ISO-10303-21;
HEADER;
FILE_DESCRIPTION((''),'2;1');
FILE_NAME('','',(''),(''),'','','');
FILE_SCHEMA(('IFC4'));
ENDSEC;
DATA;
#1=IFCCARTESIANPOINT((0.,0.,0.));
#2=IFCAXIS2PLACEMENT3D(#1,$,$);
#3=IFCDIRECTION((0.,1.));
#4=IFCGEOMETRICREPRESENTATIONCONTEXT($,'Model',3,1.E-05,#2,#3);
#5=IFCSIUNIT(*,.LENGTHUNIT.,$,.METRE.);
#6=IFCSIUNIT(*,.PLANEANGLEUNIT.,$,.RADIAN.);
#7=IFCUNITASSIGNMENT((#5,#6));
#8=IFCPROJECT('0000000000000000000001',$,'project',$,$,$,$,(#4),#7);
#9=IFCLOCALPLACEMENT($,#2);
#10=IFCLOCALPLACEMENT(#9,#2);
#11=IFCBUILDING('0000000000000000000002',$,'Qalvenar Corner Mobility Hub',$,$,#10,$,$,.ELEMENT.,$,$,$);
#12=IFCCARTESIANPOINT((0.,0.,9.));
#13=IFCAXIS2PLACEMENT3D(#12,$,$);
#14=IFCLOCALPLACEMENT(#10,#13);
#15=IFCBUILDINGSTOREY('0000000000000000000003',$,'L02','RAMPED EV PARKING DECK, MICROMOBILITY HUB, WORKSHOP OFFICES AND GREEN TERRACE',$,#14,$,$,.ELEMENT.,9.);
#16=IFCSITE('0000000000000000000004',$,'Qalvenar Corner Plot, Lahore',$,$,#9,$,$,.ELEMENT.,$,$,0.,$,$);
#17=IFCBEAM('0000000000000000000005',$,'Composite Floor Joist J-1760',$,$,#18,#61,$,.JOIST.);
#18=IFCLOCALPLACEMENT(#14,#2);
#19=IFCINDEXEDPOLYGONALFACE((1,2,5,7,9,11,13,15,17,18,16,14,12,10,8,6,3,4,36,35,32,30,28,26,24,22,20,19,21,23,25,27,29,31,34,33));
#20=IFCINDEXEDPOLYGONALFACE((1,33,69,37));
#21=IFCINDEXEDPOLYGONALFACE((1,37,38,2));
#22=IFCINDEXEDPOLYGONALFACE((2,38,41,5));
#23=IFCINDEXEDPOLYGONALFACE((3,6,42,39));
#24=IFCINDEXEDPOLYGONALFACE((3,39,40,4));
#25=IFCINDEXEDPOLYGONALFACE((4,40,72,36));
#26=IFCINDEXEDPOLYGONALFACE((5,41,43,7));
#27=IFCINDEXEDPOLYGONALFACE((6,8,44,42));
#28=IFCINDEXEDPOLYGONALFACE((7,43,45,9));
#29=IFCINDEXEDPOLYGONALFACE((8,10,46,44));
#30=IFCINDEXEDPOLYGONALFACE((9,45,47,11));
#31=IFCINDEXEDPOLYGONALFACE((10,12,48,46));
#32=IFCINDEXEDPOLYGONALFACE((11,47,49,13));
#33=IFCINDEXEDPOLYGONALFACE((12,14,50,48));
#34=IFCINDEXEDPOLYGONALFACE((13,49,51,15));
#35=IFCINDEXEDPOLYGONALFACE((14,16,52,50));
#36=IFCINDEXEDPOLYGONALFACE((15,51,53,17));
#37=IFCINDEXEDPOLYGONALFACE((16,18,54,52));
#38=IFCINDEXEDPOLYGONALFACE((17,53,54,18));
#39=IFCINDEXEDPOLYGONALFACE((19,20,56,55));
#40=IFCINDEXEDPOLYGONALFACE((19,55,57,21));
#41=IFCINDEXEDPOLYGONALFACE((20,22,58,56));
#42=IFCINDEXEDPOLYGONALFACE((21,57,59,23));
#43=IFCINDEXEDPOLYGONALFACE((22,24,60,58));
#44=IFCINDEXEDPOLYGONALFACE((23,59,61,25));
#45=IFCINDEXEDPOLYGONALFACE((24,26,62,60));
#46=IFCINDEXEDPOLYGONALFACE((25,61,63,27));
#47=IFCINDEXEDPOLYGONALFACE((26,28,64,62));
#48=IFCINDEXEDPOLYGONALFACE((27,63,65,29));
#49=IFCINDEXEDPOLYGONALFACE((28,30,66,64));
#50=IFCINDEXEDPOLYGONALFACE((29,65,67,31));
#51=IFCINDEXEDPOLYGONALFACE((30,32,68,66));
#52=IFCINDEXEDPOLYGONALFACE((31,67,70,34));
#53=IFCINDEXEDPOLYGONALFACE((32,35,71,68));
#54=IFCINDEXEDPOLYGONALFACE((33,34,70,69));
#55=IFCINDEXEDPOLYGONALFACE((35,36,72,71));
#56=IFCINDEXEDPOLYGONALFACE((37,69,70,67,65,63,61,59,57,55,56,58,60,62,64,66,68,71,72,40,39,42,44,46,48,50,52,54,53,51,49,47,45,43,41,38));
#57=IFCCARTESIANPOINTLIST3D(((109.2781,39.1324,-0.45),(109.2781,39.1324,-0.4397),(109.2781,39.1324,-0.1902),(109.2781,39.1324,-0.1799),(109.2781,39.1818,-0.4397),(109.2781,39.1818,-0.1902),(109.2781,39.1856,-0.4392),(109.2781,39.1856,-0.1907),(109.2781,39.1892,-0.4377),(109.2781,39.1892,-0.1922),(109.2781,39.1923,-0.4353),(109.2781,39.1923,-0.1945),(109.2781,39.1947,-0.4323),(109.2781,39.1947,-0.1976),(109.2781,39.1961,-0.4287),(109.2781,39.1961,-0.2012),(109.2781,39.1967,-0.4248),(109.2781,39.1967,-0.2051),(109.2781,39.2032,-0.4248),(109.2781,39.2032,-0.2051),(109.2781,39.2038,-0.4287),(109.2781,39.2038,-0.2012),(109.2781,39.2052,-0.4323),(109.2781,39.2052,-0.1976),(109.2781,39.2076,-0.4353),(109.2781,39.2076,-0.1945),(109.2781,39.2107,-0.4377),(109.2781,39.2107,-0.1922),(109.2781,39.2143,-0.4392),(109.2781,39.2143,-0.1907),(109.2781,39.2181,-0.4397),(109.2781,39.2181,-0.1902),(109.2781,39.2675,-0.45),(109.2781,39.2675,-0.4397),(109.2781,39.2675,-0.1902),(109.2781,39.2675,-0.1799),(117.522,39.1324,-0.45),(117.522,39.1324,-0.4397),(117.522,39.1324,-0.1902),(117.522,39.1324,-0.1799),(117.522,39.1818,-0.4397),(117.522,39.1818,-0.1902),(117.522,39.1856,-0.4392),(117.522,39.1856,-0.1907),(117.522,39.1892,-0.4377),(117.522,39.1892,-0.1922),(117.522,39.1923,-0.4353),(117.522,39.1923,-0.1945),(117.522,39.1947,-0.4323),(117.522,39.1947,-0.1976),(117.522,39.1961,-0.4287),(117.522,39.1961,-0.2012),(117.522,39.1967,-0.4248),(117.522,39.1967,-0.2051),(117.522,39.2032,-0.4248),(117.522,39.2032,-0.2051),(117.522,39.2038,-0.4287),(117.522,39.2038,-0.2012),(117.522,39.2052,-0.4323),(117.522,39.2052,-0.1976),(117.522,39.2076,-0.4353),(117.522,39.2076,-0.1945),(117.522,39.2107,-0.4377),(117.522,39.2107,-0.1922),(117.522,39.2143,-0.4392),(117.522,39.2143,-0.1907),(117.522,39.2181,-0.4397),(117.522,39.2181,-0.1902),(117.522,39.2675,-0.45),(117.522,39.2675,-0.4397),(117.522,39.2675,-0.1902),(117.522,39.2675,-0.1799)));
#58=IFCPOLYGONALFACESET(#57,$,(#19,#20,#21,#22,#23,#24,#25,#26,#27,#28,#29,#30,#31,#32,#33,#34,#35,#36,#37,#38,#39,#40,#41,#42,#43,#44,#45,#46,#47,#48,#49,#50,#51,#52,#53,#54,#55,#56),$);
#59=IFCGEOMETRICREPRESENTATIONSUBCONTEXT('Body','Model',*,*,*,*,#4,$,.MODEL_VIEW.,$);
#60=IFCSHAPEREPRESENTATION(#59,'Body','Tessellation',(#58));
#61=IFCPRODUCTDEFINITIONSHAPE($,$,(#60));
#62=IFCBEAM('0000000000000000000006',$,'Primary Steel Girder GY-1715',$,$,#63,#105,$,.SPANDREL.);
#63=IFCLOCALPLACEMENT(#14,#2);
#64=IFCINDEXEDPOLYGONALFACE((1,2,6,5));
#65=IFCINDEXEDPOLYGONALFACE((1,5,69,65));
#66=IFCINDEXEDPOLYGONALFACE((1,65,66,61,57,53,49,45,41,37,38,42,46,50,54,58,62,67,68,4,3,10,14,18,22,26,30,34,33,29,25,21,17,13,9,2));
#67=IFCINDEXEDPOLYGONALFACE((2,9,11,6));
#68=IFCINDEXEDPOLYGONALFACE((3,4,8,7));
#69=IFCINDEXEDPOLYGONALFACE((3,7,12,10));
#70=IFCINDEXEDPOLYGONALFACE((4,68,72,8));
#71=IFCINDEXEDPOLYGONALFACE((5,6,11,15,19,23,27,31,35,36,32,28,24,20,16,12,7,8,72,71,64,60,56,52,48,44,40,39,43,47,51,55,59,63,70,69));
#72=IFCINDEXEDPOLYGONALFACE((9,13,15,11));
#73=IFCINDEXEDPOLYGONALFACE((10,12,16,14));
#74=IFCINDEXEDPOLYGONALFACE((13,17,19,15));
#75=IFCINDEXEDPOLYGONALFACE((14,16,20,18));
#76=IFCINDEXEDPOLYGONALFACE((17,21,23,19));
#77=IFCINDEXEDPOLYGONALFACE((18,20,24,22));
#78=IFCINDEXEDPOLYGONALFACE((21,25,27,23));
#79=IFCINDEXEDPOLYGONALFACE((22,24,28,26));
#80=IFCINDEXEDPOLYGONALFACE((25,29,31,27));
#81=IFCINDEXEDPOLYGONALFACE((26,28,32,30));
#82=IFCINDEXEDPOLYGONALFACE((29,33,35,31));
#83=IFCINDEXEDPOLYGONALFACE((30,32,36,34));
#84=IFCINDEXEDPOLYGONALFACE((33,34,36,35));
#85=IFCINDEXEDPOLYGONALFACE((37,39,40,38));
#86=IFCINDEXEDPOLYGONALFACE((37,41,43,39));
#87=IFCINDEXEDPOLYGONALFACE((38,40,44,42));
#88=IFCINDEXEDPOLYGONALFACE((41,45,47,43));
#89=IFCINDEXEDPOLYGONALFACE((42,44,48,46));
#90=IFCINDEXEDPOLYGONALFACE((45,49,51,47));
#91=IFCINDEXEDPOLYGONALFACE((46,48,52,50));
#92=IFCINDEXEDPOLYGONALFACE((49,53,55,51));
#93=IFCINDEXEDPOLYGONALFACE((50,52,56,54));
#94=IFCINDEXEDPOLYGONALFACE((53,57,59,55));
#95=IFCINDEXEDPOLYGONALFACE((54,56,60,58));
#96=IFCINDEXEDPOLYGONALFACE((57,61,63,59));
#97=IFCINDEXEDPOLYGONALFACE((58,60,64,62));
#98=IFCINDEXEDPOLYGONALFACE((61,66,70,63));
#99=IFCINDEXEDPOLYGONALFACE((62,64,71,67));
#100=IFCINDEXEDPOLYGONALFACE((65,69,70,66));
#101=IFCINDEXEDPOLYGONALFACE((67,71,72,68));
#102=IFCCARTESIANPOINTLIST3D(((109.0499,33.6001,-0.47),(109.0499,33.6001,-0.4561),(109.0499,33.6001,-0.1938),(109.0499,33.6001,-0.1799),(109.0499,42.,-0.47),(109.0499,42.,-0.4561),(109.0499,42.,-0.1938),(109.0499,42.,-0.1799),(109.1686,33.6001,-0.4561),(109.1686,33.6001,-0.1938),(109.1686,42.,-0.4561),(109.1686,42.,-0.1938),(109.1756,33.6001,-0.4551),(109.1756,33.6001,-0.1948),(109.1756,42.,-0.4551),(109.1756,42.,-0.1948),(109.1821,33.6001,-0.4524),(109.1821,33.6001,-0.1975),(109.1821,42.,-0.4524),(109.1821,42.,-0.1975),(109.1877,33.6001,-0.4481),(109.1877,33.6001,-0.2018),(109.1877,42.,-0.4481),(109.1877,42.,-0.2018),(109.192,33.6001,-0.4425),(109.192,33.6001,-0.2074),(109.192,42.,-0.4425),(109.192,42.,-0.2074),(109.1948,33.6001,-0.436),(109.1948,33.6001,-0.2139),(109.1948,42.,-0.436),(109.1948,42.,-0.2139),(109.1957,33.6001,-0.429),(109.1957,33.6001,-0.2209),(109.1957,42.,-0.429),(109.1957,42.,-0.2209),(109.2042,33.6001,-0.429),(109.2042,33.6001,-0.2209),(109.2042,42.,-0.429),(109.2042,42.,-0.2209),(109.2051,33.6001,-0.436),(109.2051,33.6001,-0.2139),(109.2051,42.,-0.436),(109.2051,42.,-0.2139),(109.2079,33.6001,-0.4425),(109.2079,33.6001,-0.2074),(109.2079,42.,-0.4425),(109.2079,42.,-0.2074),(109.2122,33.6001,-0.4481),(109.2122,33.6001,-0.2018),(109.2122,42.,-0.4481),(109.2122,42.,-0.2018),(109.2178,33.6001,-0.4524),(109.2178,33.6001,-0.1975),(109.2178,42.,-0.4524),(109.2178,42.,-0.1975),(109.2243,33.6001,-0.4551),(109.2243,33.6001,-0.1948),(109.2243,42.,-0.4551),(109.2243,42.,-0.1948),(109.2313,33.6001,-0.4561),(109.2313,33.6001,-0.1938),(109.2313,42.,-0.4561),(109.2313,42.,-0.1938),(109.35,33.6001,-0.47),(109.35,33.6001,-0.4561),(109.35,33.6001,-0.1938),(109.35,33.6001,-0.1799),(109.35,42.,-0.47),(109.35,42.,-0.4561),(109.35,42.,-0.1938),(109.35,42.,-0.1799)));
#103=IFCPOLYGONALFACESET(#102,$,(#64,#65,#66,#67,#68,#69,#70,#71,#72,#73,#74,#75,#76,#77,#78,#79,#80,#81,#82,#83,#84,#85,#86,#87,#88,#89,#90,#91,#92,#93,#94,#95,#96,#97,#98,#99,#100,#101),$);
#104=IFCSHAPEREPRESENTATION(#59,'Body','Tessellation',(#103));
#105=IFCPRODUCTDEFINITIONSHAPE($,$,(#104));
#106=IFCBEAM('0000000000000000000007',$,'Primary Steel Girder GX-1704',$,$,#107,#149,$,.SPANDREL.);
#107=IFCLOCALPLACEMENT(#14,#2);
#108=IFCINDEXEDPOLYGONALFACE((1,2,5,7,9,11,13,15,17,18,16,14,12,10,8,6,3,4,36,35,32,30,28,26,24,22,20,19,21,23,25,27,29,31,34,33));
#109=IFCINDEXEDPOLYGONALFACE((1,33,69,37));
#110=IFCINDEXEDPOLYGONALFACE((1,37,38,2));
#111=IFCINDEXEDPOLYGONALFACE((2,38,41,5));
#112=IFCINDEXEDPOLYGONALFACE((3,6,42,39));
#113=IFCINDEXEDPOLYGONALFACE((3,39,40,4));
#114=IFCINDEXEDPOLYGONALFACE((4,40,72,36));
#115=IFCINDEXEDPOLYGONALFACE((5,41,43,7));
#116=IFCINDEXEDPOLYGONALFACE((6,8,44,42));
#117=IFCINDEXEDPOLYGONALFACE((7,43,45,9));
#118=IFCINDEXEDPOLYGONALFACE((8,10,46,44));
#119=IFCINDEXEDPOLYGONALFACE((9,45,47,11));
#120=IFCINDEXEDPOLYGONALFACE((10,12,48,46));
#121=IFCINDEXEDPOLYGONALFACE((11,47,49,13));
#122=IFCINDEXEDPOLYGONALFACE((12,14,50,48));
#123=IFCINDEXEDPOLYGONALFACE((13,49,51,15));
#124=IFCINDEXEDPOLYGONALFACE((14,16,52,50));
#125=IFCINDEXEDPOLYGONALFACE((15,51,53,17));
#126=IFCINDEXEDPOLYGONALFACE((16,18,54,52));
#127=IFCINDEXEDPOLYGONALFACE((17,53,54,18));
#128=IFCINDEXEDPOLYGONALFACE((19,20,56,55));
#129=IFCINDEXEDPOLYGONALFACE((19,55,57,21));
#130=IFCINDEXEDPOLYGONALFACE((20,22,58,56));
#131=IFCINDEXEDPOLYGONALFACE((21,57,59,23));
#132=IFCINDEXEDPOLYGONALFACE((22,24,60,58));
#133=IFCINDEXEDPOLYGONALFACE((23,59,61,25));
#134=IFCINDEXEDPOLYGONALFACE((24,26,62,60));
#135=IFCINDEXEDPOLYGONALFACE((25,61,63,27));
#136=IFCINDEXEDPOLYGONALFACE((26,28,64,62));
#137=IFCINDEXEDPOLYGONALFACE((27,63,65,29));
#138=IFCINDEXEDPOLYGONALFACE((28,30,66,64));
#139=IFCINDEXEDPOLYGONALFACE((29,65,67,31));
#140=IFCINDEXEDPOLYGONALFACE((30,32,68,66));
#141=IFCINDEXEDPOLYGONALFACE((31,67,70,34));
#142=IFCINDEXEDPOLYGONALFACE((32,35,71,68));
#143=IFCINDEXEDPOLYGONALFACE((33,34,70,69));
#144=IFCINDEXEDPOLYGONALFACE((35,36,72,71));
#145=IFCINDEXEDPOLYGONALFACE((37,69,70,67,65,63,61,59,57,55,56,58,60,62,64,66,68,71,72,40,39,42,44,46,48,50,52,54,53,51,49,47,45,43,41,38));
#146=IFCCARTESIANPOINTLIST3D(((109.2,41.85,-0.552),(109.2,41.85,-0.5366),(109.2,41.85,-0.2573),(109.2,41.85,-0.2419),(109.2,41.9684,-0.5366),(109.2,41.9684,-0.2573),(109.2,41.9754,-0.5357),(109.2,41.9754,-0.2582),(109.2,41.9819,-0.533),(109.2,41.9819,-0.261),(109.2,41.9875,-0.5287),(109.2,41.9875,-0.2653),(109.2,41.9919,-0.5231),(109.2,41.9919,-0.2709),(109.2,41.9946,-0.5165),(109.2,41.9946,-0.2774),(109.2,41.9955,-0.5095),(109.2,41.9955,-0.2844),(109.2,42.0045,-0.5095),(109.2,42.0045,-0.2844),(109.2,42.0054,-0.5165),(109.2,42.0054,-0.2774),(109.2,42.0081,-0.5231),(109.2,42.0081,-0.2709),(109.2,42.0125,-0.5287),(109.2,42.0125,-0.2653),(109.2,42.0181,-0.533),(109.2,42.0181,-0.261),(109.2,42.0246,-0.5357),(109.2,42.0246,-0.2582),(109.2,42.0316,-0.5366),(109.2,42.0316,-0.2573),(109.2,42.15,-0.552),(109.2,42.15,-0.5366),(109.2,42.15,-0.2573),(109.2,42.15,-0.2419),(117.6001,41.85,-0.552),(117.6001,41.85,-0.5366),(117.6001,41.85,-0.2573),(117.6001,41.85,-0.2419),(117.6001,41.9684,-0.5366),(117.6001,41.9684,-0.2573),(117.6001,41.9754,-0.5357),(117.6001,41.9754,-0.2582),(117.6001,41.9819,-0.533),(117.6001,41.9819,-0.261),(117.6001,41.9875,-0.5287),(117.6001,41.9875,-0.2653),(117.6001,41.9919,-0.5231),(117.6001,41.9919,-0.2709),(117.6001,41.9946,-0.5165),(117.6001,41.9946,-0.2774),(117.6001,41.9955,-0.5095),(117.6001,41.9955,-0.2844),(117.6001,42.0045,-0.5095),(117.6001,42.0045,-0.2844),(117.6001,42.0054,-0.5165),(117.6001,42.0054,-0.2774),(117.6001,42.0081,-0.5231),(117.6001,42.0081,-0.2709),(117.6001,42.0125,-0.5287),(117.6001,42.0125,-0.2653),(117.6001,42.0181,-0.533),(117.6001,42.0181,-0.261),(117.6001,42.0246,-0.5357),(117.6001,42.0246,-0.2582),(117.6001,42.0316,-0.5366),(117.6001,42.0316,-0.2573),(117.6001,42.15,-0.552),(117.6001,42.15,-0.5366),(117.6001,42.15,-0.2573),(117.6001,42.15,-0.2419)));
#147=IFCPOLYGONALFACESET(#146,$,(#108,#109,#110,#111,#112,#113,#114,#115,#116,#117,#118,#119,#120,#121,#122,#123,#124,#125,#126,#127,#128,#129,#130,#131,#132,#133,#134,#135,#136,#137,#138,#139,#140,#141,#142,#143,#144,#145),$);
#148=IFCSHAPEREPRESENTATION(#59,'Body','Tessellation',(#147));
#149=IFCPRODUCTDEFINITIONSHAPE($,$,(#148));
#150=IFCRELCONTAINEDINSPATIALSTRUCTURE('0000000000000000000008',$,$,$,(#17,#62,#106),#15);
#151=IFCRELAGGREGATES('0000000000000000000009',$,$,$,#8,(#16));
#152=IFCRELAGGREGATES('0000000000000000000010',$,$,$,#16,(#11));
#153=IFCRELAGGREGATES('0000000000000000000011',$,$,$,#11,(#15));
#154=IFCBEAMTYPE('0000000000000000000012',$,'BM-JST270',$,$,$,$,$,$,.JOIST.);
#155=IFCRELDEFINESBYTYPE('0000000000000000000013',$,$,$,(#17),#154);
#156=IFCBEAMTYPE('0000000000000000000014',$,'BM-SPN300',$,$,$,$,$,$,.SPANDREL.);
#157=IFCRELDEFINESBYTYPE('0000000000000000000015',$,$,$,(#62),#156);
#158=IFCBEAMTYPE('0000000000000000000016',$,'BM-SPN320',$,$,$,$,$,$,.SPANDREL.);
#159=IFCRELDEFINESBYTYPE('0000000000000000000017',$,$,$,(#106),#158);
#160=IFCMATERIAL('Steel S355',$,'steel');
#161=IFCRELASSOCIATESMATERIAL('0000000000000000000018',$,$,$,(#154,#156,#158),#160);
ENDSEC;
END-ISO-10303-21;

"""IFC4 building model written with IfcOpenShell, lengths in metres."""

from ifc_helpers import new_model, si_unit, direction, frame, origin, origin_2d, place, context, subcontext, project, spatial, i_section, extrude, material, material_profile, profile_set, type_object, element, save


model = new_model("IFC4")

# Units and contexts
model_context = context("Model", 3, precision=1e-05, world=origin(), true_north=direction((0.0, 1.0)))
body_context = subcontext(model_context, "Body", "Model", "MODEL_VIEW")
ifc_project = project(units=[si_unit("LENGTHUNIT", "METRE"), si_unit("PLANEANGLEUNIT", "RADIAN")], contexts=[model_context])

# Site, building, storey
site_placement = place(None, origin())
site = spatial("IfcSite", under=ifc_project, at=site_placement, Name="Qalvenar Corner Plot, Lahore", CompositionType="ELEMENT", RefElevation=0.0)
building_placement = place(site_placement, origin())
building = spatial("IfcBuilding", under=site, at=building_placement, Name="Qalvenar Corner Mobility Hub", CompositionType="ELEMENT")
storey_placement = place(building_placement, frame((0.0, 0.0, 9.0)))
storey = spatial("IfcBuildingStorey", under=building, at=storey_placement, Name="L02", Description="RAMPED EV PARKING DECK, MICROMOBILITY HUB, WORKSHOP OFFICES AND GREEN TERRACE", CompositionType="ELEMENT", Elevation=9.0)

# Shared definitions
ifc_material_1 = material(Name="Steel S355", Category="steel")

# Beams
ifc_material_profile_1 = material_profile(ifc_material_1, i_section(OverallWidth=0.135, OverallDepth=0.27, WebThickness=0.0066, FlangeThickness=0.0103, FilletRadius=0.0149, at=origin_2d()), Name="IPE270")
ifc_profile_set_1 = profile_set([ifc_material_profile_1], Name="Steel S355")
beam_type_1 = type_object("IfcBeamType", Name="BM-JST270", PredefinedType="JOIST", material=ifc_profile_set_1)
for number, where, z_axis, x_axis, name in (
    (1, (109.2781, 39.2, -0.3149), (1.0, 0.0, 0.0), (0.0, 1.0, 0.0), "Composite Floor Joist J-1760"),
):
    element("IfcBeam", number, at=place(storey_placement, frame(where, z_axis=z_axis, x_axis=x_axis)), inside=storey, type_object=beam_type_1, Name=name, PredefinedType="JOIST", context=body_context, shape_type="SweptSolid", body=[
        extrude(i_section(OverallWidth=0.135, OverallDepth=0.27, WebThickness=0.0066, FlangeThickness=0.0103, FilletRadius=0.0149, at=origin_2d()), origin(), (0.0, 0.0, 1.0), 8.2439),
    ])
ifc_material_profile_2 = material_profile(ifc_material_1, i_section(OverallWidth=0.3, OverallDepth=0.29, WebThickness=0.0085, FlangeThickness=0.0139, FilletRadius=0.0271, at=origin_2d()), Name="HEA300")
ifc_profile_set_2 = profile_set([ifc_material_profile_2], Name="Steel S355")
beam_type_2 = type_object("IfcBeamType", Name="BM-SPN300", PredefinedType="SPANDREL", material=ifc_profile_set_2)
beam_1_placement = place(storey_placement, frame((109.2, 33.6001, -0.325), z_axis=(0.0, 1.0, 0.0), x_axis=(-1.0, 0.0, 0.0)))
element("IfcBeam", 2, at=beam_1_placement, inside=storey, type_object=beam_type_2, Name="Primary Steel Girder GY-1715", PredefinedType="SPANDREL", context=body_context, shape_type="SweptSolid", body=[
    extrude(i_section(OverallWidth=0.3, OverallDepth=0.29, WebThickness=0.0085, FlangeThickness=0.0139, FilletRadius=0.0271, at=origin_2d()), origin(), (0.0, 0.0, 1.0), 8.3999),
])
ifc_material_profile_3 = material_profile(ifc_material_1, i_section(OverallWidth=0.3, OverallDepth=0.3101, WebThickness=0.009, FlangeThickness=0.0154, FilletRadius=0.0271, at=origin_2d()), Name="HEA320")
ifc_profile_set_3 = profile_set([ifc_material_profile_3], Name="Steel S355")
beam_type_3 = type_object("IfcBeamType", Name="BM-SPN320", PredefinedType="SPANDREL", material=ifc_profile_set_3)
beam_2_placement = place(storey_placement, frame((109.2, 42.0, -0.397), z_axis=(1.0, 0.0, 0.0), x_axis=(0.0, 1.0, 0.0)))
element("IfcBeam", 3, at=beam_2_placement, inside=storey, type_object=beam_type_3, Name="Primary Steel Girder GX-1704", PredefinedType="SPANDREL", context=body_context, shape_type="SweptSolid", body=[
    extrude(i_section(OverallWidth=0.3, OverallDepth=0.3101, WebThickness=0.009, FlangeThickness=0.0154, FilletRadius=0.0271, at=origin_2d()), origin(), (0.0, 0.0, 1.0), 8.4001),
])

save(model, "model.ifc")
